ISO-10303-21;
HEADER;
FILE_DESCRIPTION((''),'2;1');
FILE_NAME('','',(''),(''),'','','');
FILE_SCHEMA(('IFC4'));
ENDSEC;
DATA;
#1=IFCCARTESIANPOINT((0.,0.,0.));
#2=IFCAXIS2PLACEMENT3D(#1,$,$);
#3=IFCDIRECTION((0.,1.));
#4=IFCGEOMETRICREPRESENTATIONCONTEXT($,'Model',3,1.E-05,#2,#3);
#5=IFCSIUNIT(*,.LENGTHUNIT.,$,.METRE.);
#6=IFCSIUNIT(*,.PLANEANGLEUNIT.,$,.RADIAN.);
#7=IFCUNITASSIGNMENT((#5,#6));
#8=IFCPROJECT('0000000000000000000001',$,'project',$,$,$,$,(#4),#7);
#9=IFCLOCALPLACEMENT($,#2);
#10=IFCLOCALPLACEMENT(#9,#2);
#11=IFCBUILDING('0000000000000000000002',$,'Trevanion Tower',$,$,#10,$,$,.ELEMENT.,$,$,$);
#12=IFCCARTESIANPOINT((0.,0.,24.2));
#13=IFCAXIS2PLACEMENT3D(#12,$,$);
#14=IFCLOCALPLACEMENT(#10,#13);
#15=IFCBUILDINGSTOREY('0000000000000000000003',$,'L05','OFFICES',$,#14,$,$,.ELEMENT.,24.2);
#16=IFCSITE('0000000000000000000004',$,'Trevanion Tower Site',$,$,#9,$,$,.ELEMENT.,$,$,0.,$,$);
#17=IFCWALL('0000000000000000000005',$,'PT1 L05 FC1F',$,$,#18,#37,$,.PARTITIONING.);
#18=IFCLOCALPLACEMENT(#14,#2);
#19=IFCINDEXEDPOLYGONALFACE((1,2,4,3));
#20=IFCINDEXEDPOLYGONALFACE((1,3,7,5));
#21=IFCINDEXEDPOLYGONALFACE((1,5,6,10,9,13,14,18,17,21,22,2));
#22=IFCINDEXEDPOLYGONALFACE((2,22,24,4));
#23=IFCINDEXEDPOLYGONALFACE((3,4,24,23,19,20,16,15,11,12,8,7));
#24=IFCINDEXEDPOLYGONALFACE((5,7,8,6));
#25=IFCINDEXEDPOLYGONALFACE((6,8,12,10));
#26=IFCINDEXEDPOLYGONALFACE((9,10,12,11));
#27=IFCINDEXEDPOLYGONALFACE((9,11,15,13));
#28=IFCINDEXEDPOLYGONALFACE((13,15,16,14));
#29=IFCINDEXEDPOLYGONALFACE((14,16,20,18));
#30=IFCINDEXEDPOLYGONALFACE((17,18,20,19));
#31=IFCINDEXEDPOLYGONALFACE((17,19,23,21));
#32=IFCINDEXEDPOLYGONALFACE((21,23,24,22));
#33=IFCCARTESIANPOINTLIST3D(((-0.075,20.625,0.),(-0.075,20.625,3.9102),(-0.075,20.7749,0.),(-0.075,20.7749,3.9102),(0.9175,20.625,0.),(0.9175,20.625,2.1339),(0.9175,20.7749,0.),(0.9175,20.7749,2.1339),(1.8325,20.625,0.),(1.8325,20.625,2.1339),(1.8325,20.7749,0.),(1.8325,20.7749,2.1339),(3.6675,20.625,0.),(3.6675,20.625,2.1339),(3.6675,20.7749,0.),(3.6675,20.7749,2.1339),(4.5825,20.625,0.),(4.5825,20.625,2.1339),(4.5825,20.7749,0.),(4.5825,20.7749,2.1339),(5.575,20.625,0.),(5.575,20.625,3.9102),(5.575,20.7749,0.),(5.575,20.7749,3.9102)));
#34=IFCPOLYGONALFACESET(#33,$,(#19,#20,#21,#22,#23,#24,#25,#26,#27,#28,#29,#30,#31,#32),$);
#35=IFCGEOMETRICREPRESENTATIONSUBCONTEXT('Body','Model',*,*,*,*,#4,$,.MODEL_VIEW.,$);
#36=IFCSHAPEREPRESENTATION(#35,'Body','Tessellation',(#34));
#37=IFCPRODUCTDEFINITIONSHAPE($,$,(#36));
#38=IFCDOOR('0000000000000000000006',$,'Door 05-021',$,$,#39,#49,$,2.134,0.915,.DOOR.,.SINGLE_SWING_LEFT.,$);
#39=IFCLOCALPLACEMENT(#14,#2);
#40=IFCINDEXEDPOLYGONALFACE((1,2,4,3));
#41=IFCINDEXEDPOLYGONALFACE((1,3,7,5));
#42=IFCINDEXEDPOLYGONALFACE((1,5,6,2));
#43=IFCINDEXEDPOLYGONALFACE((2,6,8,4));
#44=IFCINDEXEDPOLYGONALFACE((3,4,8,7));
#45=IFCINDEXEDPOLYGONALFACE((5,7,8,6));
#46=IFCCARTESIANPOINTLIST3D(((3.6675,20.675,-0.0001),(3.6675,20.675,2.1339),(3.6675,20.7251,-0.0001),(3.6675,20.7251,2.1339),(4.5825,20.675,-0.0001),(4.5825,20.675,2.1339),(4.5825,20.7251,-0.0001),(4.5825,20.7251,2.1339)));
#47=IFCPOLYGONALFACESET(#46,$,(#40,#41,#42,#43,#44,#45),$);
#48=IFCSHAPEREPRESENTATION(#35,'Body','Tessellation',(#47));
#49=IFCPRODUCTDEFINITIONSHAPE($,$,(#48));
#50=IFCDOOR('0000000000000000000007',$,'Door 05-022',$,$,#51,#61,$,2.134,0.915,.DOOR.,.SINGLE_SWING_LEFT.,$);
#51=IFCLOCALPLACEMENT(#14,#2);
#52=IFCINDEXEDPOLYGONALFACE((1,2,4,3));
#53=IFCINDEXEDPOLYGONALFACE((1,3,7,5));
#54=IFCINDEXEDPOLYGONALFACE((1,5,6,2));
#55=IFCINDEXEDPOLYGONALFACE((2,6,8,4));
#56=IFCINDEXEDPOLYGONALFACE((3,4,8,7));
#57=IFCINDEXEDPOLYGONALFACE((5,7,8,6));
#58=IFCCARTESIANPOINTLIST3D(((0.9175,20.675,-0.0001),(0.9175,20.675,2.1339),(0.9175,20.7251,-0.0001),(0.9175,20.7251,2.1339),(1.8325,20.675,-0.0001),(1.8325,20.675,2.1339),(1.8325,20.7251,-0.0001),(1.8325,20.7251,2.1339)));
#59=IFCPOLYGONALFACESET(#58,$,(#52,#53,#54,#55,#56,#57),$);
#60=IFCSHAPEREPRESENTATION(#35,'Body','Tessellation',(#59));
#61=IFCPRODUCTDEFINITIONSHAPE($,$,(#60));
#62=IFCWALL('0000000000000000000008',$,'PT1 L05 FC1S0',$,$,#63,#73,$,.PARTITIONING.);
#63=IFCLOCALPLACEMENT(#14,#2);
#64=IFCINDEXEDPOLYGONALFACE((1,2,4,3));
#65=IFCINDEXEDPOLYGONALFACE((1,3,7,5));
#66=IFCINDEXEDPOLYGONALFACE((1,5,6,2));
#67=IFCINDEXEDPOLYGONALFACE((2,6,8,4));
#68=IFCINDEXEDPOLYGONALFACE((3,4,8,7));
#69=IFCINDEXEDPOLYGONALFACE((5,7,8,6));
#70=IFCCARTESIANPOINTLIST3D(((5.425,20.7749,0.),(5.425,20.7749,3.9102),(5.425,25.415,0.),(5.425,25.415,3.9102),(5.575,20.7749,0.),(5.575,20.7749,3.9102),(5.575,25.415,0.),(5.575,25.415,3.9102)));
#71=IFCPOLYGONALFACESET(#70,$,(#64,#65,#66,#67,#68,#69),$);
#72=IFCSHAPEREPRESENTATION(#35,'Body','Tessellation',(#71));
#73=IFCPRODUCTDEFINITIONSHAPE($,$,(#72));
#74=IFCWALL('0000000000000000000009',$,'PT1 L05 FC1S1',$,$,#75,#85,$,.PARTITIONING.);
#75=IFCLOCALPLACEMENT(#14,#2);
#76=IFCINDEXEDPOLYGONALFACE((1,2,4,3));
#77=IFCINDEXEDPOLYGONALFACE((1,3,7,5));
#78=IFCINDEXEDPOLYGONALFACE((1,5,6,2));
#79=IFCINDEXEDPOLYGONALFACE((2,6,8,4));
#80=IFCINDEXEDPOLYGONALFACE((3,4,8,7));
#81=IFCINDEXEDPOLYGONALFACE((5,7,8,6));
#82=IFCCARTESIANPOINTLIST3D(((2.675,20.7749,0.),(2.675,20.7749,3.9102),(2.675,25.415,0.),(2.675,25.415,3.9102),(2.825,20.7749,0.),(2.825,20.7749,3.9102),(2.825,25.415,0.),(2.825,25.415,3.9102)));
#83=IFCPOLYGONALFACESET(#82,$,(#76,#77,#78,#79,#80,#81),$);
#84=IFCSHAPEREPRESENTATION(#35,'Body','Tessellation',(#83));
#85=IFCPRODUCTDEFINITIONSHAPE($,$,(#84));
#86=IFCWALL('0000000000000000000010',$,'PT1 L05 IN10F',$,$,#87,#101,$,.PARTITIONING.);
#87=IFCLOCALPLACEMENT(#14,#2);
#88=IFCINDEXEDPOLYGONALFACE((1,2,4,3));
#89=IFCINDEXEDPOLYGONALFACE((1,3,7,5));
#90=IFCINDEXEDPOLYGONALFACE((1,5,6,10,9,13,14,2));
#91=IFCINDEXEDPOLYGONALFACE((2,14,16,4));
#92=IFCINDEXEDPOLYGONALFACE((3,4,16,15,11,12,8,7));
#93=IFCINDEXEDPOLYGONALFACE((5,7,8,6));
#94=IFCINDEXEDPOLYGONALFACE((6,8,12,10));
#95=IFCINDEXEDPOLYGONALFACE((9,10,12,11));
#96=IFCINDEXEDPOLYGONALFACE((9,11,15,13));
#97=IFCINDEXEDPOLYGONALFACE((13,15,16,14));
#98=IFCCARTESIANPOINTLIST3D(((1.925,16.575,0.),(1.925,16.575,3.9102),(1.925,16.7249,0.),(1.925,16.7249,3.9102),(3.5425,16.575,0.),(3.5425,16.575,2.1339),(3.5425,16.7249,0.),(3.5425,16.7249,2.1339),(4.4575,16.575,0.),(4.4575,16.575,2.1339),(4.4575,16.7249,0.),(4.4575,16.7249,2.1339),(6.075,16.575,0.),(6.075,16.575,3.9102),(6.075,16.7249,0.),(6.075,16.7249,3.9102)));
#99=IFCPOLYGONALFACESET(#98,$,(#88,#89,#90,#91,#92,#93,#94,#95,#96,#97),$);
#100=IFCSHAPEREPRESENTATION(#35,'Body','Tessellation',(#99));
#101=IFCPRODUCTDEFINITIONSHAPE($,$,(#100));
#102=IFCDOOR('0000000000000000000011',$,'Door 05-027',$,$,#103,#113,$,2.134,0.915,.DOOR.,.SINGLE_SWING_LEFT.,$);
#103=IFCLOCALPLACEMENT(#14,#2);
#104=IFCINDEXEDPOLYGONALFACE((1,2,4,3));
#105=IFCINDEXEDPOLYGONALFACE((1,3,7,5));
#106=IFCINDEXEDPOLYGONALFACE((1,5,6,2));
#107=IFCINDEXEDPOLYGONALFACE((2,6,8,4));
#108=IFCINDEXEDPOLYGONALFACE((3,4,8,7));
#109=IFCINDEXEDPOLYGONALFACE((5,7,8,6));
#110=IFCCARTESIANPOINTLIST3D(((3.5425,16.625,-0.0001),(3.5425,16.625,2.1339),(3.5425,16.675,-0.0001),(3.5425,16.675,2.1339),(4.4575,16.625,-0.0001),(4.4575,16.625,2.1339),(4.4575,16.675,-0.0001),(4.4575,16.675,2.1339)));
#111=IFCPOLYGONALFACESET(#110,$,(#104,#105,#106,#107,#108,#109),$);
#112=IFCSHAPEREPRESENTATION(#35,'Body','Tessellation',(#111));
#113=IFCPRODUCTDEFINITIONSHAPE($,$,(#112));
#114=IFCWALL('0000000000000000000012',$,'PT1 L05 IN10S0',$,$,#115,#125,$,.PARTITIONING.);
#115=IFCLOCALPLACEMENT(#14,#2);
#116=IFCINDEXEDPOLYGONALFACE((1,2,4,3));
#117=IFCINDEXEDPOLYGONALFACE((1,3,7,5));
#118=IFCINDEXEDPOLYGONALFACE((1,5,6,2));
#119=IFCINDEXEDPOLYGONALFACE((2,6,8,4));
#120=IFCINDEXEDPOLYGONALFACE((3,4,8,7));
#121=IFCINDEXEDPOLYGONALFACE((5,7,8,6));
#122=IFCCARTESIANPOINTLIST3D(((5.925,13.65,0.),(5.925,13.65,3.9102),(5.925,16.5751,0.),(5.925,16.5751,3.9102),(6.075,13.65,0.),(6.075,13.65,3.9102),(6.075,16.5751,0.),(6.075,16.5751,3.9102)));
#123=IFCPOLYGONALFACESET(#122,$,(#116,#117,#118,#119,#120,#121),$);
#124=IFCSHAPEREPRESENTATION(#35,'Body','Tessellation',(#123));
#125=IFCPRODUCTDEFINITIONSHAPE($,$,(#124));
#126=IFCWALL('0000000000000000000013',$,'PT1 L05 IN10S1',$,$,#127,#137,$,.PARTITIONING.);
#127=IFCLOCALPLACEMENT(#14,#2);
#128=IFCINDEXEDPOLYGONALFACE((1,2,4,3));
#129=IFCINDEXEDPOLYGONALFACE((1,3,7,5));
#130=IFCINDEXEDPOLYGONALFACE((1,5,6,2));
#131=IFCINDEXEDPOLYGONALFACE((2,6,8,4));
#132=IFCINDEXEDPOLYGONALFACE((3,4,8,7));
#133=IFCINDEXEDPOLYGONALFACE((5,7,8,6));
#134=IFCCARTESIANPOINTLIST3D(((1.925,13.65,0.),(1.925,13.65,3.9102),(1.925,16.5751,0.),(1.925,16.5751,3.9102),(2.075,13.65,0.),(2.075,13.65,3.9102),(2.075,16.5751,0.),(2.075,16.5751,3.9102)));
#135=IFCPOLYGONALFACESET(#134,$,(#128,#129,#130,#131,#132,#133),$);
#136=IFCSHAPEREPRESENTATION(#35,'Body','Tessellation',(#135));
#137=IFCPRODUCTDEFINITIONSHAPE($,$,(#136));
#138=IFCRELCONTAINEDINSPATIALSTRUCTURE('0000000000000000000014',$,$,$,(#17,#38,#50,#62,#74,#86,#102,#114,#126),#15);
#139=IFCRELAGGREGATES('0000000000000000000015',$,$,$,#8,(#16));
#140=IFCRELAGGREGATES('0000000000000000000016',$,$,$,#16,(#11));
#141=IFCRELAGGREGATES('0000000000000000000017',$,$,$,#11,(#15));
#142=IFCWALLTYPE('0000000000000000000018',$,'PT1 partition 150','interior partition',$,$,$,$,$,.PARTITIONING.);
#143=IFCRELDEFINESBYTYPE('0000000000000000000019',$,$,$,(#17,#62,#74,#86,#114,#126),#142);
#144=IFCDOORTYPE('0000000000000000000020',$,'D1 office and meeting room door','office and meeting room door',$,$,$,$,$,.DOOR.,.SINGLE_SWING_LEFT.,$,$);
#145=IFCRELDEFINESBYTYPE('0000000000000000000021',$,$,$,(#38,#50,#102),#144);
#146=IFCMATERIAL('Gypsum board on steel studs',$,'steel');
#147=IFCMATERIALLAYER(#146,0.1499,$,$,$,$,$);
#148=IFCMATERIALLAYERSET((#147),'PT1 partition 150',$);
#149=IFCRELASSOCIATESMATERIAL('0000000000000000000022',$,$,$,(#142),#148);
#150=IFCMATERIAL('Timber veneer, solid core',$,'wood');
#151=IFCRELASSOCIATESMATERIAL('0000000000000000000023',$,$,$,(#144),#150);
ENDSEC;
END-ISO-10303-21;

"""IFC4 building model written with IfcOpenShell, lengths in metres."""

from ifc_helpers import new_model, si_unit, direction, frame, frame_2d, origin, place, context, subcontext, project, spatial, rectangle, extrude, material, layer, layer_set, type_object, element, fill, save


model = new_model("IFC4")

# Units and contexts
model_context = context("Model", 3, precision=1e-05, world=origin(), true_north=direction((0.0, 1.0)))
body_context = subcontext(model_context, "Body", "Model", "MODEL_VIEW")
ifc_project = project(units=[si_unit("LENGTHUNIT", "METRE"), si_unit("PLANEANGLEUNIT", "RADIAN")], contexts=[model_context])

# Site, building, storey
site_placement = place(None, origin())
site = spatial("IfcSite", under=ifc_project, at=site_placement, Name="Trevanion Tower Site", CompositionType="ELEMENT", RefElevation=0.0)
building_placement = place(site_placement, origin())
building = spatial("IfcBuilding", under=site, at=building_placement, Name="Trevanion Tower", CompositionType="ELEMENT")
storey_placement = place(building_placement, frame((0.0, 0.0, 24.2)))
storey = spatial("IfcBuildingStorey", under=building, at=storey_placement, Name="L05", Description="OFFICES", CompositionType="ELEMENT", Elevation=24.2)

# Wall, openings, doors
ifc_material_1 = material(Name="Gypsum board on steel studs", Category="steel")
ifc_layer_1 = layer(ifc_material_1, 0.1499)
ifc_layer_set_1 = layer_set([ifc_layer_1], Name="PT1 partition 150")
wall_type = type_object("IfcWallType", Name="PT1 partition 150", Description="interior partition", PredefinedType="PARTITIONING", material=ifc_layer_set_1)
wall_1_placement = place(storey_placement, frame((5.575, 20.7, 0.0), z_axis=(0.0, 0.0, 1.0), x_axis=(-1.0, 0.0, 0.0)))
wall_1 = element("IfcWall", 1, at=wall_1_placement, inside=storey, type_object=wall_type, Name="PT1 L05 FC1F", PredefinedType="PARTITIONING", context=body_context, shape_type="SweptSolid", body=[
    extrude(rectangle(XDim=5.6499, YDim=0.1499, at=frame_2d((2.825, 0.0))), origin(), (0.0, 0.0, 1.0), 3.9102),
])
opening_1_placement = place(wall_1_placement, frame((0.9924, 0.0, 0.0)))
opening_1 = element("IfcOpeningElement", 2, at=opening_1_placement, cuts=wall_1, PredefinedType="OPENING", context=body_context, shape_type="SweptSolid", body=[
    extrude(rectangle(XDim=0.915, YDim=2.134, at=frame_2d((0.4575, 1.0669))), frame((0.0, 0.085, 0.0), z_axis=(0.0, -1.0, 0.0), x_axis=(1.0, 0.0, 0.0)), (0.0, 0.0, 1.0), 0.1699),
])
opening_2_placement = place(wall_1_placement, frame((3.7424, 0.0, 0.0)))
opening_2 = element("IfcOpeningElement", 3, at=opening_2_placement, cuts=wall_1, PredefinedType="OPENING", context=body_context, shape_type="SweptSolid", body=[
    extrude(rectangle(XDim=0.915, YDim=2.134, at=frame_2d((0.4575, 1.0669))), frame((0.0, 0.085, 0.0), z_axis=(0.0, -1.0, 0.0), x_axis=(1.0, 0.0, 0.0)), (0.0, 0.0, 1.0), 0.1699),
])
ifc_material_2 = material(Name="Timber veneer, solid core", Category="wood")
door_type = type_object("IfcDoorType", Name="D1 office and meeting room door", Description="office and meeting room door", OperationType="SINGLE_SWING_LEFT", PredefinedType="DOOR", material=ifc_material_2)
door_1_placement = place(opening_1_placement, origin())
door_1 = element("IfcDoor", 4, at=door_1_placement, inside=storey, type_object=door_type, Name="Door 05-021", OperationType="SINGLE_SWING_LEFT", OverallHeight=2.134, OverallWidth=0.915, PredefinedType="DOOR", context=body_context, shape_type="SweptSolid", body=[
    extrude(rectangle(XDim=0.915, YDim=2.134, at=frame_2d((0.4575, 1.0669))), frame((0.0, 0.0249, 0.0), z_axis=(0.0, -1.0, 0.0), x_axis=(1.0, 0.0, 0.0)), (0.0, 0.0, 1.0), 0.05),
])
fill(opening_1, door_1)
door_2_placement = place(opening_2_placement, origin())
door_2 = element("IfcDoor", 5, at=door_2_placement, inside=storey, type_object=door_type, Name="Door 05-022", OperationType="SINGLE_SWING_LEFT", OverallHeight=2.134, OverallWidth=0.915, PredefinedType="DOOR", context=body_context, shape_type="SweptSolid", body=[
    extrude(rectangle(XDim=0.915, YDim=2.134, at=frame_2d((0.4575, 1.0669))), frame((0.0, 0.0249, 0.0), z_axis=(0.0, -1.0, 0.0), x_axis=(1.0, 0.0, 0.0)), (0.0, 0.0, 1.0), 0.05),
])
fill(opening_2, door_2)

# Walls
for number, where, z_axis, x_axis, name in (
    (6, (5.5, 20.7749, 0.0), (0.0, 0.0, 1.0), (0.0, 1.0, 0.0), "PT1 L05 FC1S0"),
    (7, (2.75, 20.7749, 0.0), (0.0, 0.0, 1.0), (0.0, 1.0, 0.0), "PT1 L05 FC1S1"),
):
    element("IfcWall", number, at=place(storey_placement, frame(where, z_axis=z_axis, x_axis=x_axis)), inside=storey, type_object=wall_type, Name=name, PredefinedType="PARTITIONING", context=body_context, shape_type="SweptSolid", body=[
        extrude(rectangle(XDim=4.6401, YDim=0.1499, at=frame_2d((2.3201, 0.0))), origin(), (0.0, 0.0, 1.0), 3.9102),
    ])

# Wall, opening, door
wall_2_placement = place(storey_placement, frame((6.075, 16.6499, 0.0), z_axis=(0.0, 0.0, 1.0), x_axis=(-1.0, 0.0, 0.0)))
wall_2 = element("IfcWall", 8, at=wall_2_placement, inside=storey, type_object=wall_type, Name="PT1 L05 IN10F", PredefinedType="PARTITIONING", context=body_context, shape_type="SweptSolid", body=[
    extrude(rectangle(XDim=4.1499, YDim=0.1499, at=frame_2d((2.075, 0.0))), origin(), (0.0, 0.0, 1.0), 3.9102),
])
opening_3_placement = place(wall_2_placement, frame((1.6174, 0.0, 0.0)))
opening_3 = element("IfcOpeningElement", 9, at=opening_3_placement, cuts=wall_2, PredefinedType="OPENING", context=body_context, shape_type="SweptSolid", body=[
    extrude(rectangle(XDim=0.915, YDim=2.134, at=frame_2d((0.4575, 1.0669))), frame((0.0, 0.085, 0.0), z_axis=(0.0, -1.0, 0.0), x_axis=(1.0, 0.0, 0.0)), (0.0, 0.0, 1.0), 0.1699),
])
door_3_placement = place(opening_3_placement, origin())
door_3 = element("IfcDoor", 10, at=door_3_placement, inside=storey, type_object=door_type, Name="Door 05-027", OperationType="SINGLE_SWING_LEFT", OverallHeight=2.134, OverallWidth=0.915, PredefinedType="DOOR", context=body_context, shape_type="SweptSolid", body=[
    extrude(rectangle(XDim=0.915, YDim=2.134, at=frame_2d((0.4575, 1.0669))), frame((0.0, 0.0249, 0.0), z_axis=(0.0, -1.0, 0.0), x_axis=(1.0, 0.0, 0.0)), (0.0, 0.0, 1.0), 0.05),
])
fill(opening_3, door_3)

# Walls
for number, where, z_axis, x_axis, name in (
    (11, (6.0, 16.575, 0.0), (0.0, 0.0, 1.0), (0.0, -1.0, 0.0), "PT1 L05 IN10S0"),
    (12, (2.0, 16.575, 0.0), (0.0, 0.0, 1.0), (0.0, -1.0, 0.0), "PT1 L05 IN10S1"),
):
    element("IfcWall", number, at=place(storey_placement, frame(where, z_axis=z_axis, x_axis=x_axis)), inside=storey, type_object=wall_type, Name=name, PredefinedType="PARTITIONING", context=body_context, shape_type="SweptSolid", body=[
        extrude(rectangle(XDim=2.925, YDim=0.1499, at=frame_2d((1.4624, 0.0))), origin(), (0.0, 0.0, 1.0), 3.9102),
    ])

save(model, "model.ifc")
